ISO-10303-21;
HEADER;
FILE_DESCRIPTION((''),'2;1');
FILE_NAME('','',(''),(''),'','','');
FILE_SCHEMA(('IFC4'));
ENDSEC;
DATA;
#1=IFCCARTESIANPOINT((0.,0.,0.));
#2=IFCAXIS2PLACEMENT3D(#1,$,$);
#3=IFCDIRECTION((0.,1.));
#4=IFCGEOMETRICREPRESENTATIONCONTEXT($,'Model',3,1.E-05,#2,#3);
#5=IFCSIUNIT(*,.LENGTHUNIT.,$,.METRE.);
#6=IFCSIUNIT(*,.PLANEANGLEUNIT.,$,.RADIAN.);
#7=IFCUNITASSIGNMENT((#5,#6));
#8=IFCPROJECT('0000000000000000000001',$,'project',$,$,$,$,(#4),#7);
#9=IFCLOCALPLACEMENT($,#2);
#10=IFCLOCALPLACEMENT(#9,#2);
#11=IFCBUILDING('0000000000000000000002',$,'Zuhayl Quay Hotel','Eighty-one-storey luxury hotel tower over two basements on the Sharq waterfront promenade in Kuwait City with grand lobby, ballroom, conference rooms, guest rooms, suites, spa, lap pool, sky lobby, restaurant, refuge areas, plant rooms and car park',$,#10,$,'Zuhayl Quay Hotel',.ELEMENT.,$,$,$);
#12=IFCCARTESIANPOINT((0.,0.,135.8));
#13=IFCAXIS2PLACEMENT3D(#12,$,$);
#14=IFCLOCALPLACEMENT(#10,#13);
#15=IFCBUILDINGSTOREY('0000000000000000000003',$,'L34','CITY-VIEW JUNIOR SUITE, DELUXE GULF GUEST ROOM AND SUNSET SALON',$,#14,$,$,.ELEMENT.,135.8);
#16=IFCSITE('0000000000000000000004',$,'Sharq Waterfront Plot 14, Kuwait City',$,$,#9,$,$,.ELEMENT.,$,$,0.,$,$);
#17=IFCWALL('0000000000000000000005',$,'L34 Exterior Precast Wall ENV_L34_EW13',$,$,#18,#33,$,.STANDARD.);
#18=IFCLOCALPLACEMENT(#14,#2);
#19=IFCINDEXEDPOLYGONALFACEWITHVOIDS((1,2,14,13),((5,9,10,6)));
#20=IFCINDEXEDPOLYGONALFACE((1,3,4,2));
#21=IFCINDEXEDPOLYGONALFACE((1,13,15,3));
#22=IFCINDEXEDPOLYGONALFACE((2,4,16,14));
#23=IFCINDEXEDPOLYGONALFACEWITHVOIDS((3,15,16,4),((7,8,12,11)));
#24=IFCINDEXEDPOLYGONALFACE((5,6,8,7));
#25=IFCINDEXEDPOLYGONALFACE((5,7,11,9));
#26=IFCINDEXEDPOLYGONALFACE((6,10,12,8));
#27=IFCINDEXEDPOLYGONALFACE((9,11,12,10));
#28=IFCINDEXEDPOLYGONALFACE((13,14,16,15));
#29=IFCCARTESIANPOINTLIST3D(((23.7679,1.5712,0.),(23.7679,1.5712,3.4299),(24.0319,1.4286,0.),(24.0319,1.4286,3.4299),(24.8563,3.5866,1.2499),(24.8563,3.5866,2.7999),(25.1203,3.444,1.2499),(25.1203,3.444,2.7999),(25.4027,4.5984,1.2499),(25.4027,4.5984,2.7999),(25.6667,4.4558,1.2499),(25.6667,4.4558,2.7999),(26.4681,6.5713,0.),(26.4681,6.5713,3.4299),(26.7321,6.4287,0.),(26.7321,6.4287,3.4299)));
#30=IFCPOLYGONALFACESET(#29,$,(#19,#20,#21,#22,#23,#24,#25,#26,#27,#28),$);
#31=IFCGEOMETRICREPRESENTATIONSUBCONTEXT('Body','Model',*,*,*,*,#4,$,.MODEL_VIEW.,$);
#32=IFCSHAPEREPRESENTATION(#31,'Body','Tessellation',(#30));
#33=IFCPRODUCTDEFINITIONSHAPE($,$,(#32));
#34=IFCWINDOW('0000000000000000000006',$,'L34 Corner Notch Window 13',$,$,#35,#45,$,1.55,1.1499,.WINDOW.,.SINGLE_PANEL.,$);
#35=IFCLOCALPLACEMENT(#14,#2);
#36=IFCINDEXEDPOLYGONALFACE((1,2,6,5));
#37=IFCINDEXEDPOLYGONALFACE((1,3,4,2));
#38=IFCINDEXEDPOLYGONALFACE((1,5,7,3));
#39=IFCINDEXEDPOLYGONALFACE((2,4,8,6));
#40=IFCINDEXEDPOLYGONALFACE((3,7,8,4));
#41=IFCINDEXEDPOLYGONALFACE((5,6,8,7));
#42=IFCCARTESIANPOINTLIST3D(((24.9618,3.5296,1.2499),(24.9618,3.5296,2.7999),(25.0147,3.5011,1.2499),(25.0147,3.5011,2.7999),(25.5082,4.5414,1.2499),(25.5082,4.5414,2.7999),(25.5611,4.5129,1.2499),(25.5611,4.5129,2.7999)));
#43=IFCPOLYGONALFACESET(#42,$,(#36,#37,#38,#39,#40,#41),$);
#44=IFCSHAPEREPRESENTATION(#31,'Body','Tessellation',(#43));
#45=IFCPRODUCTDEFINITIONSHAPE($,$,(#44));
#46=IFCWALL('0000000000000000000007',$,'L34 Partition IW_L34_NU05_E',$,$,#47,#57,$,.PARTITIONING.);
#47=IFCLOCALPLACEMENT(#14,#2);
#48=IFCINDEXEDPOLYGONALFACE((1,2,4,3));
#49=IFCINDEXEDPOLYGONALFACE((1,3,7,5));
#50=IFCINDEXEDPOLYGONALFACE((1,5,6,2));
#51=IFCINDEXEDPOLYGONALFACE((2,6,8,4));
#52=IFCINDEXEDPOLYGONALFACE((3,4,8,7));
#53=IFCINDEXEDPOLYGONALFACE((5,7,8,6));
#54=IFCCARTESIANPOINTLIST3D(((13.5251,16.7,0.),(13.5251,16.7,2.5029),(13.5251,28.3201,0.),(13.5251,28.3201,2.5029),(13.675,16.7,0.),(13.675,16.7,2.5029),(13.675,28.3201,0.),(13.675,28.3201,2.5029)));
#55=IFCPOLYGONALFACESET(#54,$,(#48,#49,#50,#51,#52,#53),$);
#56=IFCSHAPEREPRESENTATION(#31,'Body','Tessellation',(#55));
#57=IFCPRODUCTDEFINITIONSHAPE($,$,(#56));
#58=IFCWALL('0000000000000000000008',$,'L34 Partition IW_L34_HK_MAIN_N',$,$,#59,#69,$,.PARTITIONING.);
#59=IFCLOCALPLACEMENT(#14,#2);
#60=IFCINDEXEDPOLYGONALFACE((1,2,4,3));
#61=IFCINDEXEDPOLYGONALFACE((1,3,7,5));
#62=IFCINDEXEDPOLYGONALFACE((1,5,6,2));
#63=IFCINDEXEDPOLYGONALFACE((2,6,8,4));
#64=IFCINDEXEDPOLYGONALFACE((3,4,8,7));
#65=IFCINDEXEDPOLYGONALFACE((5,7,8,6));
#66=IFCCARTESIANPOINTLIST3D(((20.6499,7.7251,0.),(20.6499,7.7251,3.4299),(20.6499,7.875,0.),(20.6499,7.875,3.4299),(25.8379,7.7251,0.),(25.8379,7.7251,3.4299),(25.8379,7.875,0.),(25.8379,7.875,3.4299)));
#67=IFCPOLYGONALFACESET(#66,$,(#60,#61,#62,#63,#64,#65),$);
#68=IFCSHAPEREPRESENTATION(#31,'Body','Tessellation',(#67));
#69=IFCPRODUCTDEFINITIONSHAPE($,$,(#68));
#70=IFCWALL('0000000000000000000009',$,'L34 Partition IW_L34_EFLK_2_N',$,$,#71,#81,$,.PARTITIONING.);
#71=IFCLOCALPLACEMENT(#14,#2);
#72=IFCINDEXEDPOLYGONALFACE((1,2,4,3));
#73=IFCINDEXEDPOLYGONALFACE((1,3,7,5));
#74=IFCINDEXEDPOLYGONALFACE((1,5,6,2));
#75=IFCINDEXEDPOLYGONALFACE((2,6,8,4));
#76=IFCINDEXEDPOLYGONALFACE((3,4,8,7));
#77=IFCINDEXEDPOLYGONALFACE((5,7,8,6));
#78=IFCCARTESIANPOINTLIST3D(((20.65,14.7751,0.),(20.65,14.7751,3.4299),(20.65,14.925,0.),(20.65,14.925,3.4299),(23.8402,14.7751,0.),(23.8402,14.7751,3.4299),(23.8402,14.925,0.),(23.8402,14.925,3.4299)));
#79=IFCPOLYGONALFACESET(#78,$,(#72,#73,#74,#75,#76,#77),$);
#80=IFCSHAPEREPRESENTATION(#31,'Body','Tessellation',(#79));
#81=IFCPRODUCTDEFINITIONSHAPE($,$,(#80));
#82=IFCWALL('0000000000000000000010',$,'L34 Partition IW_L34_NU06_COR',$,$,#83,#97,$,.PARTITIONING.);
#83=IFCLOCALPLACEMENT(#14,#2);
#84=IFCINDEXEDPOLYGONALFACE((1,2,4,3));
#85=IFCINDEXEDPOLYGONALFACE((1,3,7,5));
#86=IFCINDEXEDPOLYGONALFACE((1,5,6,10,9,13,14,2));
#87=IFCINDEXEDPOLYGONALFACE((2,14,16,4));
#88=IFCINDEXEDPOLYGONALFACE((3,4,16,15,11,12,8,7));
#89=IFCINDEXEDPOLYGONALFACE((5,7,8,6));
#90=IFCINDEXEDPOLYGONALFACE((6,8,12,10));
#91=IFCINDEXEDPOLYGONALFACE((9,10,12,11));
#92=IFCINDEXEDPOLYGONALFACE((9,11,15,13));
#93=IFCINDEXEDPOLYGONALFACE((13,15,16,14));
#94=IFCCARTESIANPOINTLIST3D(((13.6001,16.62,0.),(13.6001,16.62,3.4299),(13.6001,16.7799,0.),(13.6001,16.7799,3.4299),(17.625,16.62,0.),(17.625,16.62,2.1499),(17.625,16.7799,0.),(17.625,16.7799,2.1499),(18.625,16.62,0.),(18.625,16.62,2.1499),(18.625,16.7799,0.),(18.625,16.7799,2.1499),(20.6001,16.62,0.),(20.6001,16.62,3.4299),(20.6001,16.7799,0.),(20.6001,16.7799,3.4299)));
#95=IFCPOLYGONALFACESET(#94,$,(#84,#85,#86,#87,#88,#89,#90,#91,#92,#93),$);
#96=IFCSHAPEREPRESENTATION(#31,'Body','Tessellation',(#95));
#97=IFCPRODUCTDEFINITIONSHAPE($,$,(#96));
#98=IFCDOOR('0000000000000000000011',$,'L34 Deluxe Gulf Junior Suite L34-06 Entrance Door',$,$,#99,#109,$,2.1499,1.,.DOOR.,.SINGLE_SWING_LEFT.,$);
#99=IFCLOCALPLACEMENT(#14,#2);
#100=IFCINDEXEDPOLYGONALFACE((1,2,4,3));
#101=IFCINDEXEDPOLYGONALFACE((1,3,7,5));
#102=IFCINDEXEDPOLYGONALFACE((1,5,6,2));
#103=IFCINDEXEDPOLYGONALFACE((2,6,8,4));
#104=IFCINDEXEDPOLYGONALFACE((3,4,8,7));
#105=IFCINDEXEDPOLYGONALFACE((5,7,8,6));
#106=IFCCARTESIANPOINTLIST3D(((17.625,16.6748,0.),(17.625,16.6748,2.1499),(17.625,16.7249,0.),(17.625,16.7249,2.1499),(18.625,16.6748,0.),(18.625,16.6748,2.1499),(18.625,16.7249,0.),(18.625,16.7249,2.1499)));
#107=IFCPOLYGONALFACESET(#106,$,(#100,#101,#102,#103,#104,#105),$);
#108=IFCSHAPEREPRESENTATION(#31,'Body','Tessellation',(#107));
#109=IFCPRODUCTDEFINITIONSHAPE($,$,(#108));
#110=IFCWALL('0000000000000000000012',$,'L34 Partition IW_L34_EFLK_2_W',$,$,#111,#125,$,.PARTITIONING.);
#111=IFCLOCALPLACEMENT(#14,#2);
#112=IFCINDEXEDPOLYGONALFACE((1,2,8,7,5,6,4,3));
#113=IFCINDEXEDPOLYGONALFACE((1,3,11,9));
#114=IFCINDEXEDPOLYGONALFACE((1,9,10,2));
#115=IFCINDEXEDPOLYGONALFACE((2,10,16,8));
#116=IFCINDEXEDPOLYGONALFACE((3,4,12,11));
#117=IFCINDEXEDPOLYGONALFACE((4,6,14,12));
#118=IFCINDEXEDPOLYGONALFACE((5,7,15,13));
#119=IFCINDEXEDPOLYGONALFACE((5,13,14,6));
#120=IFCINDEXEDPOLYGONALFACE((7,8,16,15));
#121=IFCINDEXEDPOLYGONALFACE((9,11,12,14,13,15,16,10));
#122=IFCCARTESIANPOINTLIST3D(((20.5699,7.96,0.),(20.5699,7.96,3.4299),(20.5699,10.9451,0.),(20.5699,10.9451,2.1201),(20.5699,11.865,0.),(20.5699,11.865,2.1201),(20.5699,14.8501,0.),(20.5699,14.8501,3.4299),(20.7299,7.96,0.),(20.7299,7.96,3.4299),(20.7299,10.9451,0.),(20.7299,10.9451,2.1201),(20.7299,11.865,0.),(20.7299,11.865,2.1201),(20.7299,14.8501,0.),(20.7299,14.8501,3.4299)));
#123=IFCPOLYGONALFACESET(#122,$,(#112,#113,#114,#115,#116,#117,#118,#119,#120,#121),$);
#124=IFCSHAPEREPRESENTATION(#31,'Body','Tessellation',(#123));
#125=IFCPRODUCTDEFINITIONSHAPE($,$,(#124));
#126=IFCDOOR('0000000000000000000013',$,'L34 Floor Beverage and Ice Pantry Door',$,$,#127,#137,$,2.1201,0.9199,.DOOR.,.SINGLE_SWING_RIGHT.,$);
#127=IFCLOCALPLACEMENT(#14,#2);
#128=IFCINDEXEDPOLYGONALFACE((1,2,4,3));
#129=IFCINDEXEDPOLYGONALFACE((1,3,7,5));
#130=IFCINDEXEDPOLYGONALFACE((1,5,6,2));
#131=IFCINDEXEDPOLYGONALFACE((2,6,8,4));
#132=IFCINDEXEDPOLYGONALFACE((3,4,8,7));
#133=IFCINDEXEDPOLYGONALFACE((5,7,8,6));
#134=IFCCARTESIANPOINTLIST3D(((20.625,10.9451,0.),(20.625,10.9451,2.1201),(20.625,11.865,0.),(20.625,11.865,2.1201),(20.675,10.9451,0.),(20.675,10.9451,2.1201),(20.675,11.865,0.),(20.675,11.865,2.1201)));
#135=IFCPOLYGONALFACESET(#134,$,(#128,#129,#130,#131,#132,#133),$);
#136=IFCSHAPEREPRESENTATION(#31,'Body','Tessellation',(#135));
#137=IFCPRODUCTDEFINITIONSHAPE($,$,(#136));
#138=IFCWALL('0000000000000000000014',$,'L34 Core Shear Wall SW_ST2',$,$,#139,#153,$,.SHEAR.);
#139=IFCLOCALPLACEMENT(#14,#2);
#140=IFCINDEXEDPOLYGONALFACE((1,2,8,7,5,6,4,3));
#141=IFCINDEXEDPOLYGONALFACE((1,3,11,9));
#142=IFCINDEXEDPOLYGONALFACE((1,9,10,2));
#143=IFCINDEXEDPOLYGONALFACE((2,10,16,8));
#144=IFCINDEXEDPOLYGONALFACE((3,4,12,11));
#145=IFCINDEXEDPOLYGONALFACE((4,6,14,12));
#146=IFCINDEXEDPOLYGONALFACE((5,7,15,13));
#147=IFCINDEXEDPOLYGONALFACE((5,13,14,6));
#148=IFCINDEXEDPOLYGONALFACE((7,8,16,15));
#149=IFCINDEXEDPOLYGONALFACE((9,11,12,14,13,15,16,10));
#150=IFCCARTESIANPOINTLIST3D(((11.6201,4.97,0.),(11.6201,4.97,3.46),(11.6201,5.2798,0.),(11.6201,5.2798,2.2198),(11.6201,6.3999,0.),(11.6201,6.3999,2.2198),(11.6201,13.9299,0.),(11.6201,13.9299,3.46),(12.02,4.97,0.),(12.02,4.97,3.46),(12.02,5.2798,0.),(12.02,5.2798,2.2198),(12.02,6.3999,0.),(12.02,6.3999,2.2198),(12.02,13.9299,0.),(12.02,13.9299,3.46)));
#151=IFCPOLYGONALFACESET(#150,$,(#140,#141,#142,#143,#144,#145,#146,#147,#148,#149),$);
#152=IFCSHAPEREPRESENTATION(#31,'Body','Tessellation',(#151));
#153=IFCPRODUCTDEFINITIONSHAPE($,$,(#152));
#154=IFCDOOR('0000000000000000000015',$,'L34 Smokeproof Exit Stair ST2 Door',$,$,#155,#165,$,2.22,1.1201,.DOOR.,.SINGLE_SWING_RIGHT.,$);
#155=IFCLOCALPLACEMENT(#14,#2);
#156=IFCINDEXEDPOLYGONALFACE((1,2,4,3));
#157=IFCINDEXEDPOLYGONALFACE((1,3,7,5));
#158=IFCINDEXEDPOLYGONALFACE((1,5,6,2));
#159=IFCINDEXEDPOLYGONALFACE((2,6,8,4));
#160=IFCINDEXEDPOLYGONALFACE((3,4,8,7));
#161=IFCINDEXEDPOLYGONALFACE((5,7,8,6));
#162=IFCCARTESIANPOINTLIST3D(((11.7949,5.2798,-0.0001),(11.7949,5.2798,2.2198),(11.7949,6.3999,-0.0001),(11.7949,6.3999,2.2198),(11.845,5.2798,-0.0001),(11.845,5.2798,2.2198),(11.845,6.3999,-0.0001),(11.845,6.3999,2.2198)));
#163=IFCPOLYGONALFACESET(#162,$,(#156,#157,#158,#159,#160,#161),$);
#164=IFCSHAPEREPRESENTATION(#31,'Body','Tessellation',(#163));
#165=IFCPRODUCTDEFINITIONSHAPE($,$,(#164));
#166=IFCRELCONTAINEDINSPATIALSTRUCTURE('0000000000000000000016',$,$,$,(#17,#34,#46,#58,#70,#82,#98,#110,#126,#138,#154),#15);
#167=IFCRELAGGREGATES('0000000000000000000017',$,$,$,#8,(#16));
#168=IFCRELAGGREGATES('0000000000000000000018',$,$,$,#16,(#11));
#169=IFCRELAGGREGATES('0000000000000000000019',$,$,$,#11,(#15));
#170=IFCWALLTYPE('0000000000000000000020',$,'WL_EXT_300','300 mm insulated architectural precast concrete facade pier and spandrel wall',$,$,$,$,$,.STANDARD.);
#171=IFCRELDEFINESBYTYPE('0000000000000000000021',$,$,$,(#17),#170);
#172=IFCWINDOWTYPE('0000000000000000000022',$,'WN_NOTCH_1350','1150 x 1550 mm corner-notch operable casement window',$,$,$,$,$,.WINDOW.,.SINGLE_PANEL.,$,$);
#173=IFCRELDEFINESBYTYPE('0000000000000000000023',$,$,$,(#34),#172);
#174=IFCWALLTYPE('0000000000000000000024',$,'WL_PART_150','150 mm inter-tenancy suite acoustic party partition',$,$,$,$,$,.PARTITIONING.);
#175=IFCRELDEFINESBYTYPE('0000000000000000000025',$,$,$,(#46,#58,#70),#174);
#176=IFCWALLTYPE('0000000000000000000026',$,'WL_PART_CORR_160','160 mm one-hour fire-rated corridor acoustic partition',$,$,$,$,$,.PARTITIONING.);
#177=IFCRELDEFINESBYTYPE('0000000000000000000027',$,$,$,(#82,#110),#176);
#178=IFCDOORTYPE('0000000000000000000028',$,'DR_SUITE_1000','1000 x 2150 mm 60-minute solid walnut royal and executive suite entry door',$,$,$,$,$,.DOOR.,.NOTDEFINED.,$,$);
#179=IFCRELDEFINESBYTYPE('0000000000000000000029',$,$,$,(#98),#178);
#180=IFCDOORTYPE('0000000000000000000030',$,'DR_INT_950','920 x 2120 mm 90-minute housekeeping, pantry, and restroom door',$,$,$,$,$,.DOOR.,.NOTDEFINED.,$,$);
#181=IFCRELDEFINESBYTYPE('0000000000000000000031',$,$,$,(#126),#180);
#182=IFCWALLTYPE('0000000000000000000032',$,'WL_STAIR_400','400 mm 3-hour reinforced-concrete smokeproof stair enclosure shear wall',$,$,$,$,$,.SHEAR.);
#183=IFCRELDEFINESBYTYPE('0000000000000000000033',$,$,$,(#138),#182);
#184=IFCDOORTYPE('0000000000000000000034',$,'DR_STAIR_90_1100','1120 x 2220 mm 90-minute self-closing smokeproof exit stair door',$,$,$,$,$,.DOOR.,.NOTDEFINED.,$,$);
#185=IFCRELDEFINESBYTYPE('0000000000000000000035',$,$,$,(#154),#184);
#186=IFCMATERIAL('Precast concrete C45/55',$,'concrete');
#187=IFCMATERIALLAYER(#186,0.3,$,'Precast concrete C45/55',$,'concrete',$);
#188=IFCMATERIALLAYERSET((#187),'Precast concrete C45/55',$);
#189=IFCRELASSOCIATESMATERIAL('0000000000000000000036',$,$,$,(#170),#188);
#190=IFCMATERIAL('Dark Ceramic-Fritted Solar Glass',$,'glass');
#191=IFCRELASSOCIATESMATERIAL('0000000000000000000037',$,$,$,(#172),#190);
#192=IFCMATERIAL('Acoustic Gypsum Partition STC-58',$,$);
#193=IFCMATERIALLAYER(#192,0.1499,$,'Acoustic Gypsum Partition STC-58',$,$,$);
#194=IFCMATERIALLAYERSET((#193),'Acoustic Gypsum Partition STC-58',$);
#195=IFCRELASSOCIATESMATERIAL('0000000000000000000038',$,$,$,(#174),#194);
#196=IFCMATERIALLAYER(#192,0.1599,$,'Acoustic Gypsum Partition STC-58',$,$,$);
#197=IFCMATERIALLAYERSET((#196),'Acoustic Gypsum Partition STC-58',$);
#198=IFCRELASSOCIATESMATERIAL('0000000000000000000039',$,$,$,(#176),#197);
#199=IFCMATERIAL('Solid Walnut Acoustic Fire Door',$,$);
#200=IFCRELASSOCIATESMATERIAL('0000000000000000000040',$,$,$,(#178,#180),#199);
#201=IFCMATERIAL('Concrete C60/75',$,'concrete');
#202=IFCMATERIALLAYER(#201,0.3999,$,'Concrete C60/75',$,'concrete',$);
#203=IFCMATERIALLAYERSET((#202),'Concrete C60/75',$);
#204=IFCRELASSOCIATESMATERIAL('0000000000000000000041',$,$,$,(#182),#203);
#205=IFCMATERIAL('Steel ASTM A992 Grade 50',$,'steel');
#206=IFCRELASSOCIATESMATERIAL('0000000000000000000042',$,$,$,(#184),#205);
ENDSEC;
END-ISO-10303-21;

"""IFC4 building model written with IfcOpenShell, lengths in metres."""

from ifc_helpers import new_model, si_unit, direction, frame, frame_2d, origin, place, context, subcontext, project, spatial, rectangle, extrude, material, layer, layer_set, type_object, element, fill, save


model = new_model("IFC4")

# Units and contexts
model_context = context("Model", 3, precision=1e-05, world=origin(), true_north=direction((0.0, 1.0)))
body_context = subcontext(model_context, "Body", "Model", "MODEL_VIEW")
ifc_project = project(units=[si_unit("LENGTHUNIT", "METRE"), si_unit("PLANEANGLEUNIT", "RADIAN")], contexts=[model_context])

# Site, building, storey
site_placement = place(None, origin())
site = spatial("IfcSite", under=ifc_project, at=site_placement, Name="Sharq Waterfront Plot 14, Kuwait City", CompositionType="ELEMENT", RefElevation=0.0)
building_placement = place(site_placement, origin())
building = spatial("IfcBuilding", under=site, at=building_placement, Name="Zuhayl Quay Hotel", Description="Eighty-one-storey luxury hotel tower over two basements on the Sharq waterfront promenade in Kuwait City with grand lobby, ballroom, conference rooms, guest rooms, suites, spa, lap pool, sky lobby, restaurant, refuge areas, plant rooms and car park", LongName="Zuhayl Quay Hotel", CompositionType="ELEMENT")
storey_placement = place(building_placement, frame((0.0, 0.0, 135.8)))
storey = spatial("IfcBuildingStorey", under=building, at=storey_placement, Name="L34", Description="CITY-VIEW JUNIOR SUITE, DELUXE GULF GUEST ROOM AND SUNSET SALON", CompositionType="ELEMENT", Elevation=135.8)

# Shared definitions
ifc_material_1 = material(Name="Steel ASTM A992 Grade 50", Category="steel")

# Shared definitions
ifc_material_2 = material(Name="Concrete C60/75", Category="concrete")

# Wall, opening, window
ifc_material_3 = material(Name="Precast concrete C45/55", Category="concrete")
ifc_layer_1 = layer(ifc_material_3, 0.3, Name="Precast concrete C45/55", Category="concrete")
ifc_layer_set_1 = layer_set([ifc_layer_1], Name="Precast concrete C45/55")
wall_type_1 = type_object("IfcWallType", Name="WL_EXT_300", Description="300 mm insulated architectural precast concrete facade pier and spandrel wall", PredefinedType="STANDARD", material=ifc_layer_set_1)
ifc_material_4 = material(Name="Dark Ceramic-Fritted Solar Glass", Category="glass")
window_type_1 = type_object("IfcWindowType", Name="WN_NOTCH_1350", Description="1150 x 1550 mm corner-notch operable casement window", PartitioningType="SINGLE_PANEL", PredefinedType="WINDOW", material=ifc_material_4)
wall_1_placement = place(storey_placement, frame((26.6001, 6.5, 0.0), z_axis=(0.0, 0.0, 1.0), x_axis=(-0.475176, -0.879891, 0.0)))
wall_1 = element("IfcWall", 1, at=wall_1_placement, inside=storey, type_object=wall_type_1, Name="L34 Exterior Precast Wall ENV_L34_EW13", PredefinedType="STANDARD", context=body_context, shape_type="SweptSolid", body=[
    extrude(rectangle(XDim=5.6826, YDim=0.3, at=frame_2d((2.8413, 0.0))), origin(), (0.0, 0.0, 1.0), 3.4299),
])
opening_1_placement = place(wall_1_placement, frame((2.2422, 0.0, 1.25)))
opening_1 = element("IfcOpeningElement", 2, at=opening_1_placement, cuts=wall_1, PredefinedType="OPENING", context=body_context, shape_type="SweptSolid", body=[
    extrude(rectangle(XDim=1.1499, YDim=1.55, at=frame_2d((0.575, 0.7749))), frame((0.0, 0.1599, 0.0), z_axis=(0.0, -1.0, 0.0), x_axis=(1.0, 0.0, 0.0)), (0.0, 0.0, 1.0), 0.3201),
])
window_1_placement = place(opening_1_placement, origin())
window_1 = element("IfcWindow", 3, at=window_1_placement, inside=storey, type_object=window_type_1, Name="L34 Corner Notch Window 13", OverallHeight=1.55, OverallWidth=1.1499, PartitioningType="SINGLE_PANEL", PredefinedType="WINDOW", context=body_context, shape_type="SweptSolid", body=[
    extrude(rectangle(XDim=1.1499, YDim=1.55, at=frame_2d((0.575, 0.7749))), frame((0.0, 0.03, 0.0), z_axis=(0.0, -1.0, 0.0), x_axis=(1.0, 0.0, 0.0)), (0.0, 0.0, 1.0), 0.0601),
])
fill(opening_1, window_1)

# Walls
ifc_material_5 = material(Name="Acoustic Gypsum Partition STC-58")
ifc_layer_2 = layer(ifc_material_5, 0.1499, Name="Acoustic Gypsum Partition STC-58")
ifc_layer_set_2 = layer_set([ifc_layer_2], Name="Acoustic Gypsum Partition STC-58")
wall_type_2 = type_object("IfcWallType", Name="WL_PART_150", Description="150 mm inter-tenancy suite acoustic party partition", PredefinedType="PARTITIONING", material=ifc_layer_set_2)
wall_2_placement = place(storey_placement, frame((13.6001, 16.7, 0.0), z_axis=(0.0, 0.0, 1.0), x_axis=(0.0, 1.0, 0.0)))
element("IfcWall", 4, at=wall_2_placement, inside=storey, type_object=wall_type_2, Name="L34 Partition IW_L34_NU05_E", PredefinedType="PARTITIONING", context=body_context, shape_type="SweptSolid", body=[
    extrude(rectangle(XDim=11.6201, YDim=0.1499, at=frame_2d((5.8101, 0.0))), origin(), (0.0, 0.0, 1.0), 2.5029),
])
wall_3_placement = place(storey_placement, frame((20.6499, 7.8, 0.0), z_axis=(0.0, 0.0, 1.0), x_axis=(1.0, 0.0, 0.0)))
element("IfcWall", 5, at=wall_3_placement, inside=storey, type_object=wall_type_2, Name="L34 Partition IW_L34_HK_MAIN_N", PredefinedType="PARTITIONING", context=body_context, shape_type="SweptSolid", body=[
    extrude(rectangle(XDim=5.188, YDim=0.1499, at=frame_2d((2.594, 0.0))), origin(), (0.0, 0.0, 1.0), 3.4299),
])
wall_4_placement = place(storey_placement, frame((20.6499, 14.8501, 0.0), z_axis=(0.0, 0.0, 1.0), x_axis=(1.0, 0.0, 0.0)))
element("IfcWall", 6, at=wall_4_placement, inside=storey, type_object=wall_type_2, Name="L34 Partition IW_L34_EFLK_2_N", PredefinedType="PARTITIONING", context=body_context, shape_type="SweptSolid", body=[
    extrude(rectangle(XDim=3.1902, YDim=0.1499, at=frame_2d((1.5952, 0.0))), origin(), (0.0, 0.0, 1.0), 3.4299),
])

# Walls, openings, doors
ifc_layer_3 = layer(ifc_material_5, 0.1599, Name="Acoustic Gypsum Partition STC-58")
ifc_layer_set_3 = layer_set([ifc_layer_3], Name="Acoustic Gypsum Partition STC-58")
wall_type_3 = type_object("IfcWallType", Name="WL_PART_CORR_160", Description="160 mm one-hour fire-rated corridor acoustic partition", PredefinedType="PARTITIONING", material=ifc_layer_set_3)
wall_5_placement = place(storey_placement, frame((13.6001, 16.7, 0.0), z_axis=(0.0, 0.0, 1.0), x_axis=(1.0, 0.0, 0.0)))
wall_5 = element("IfcWall", 7, at=wall_5_placement, inside=storey, type_object=wall_type_3, Name="L34 Partition IW_L34_NU06_COR", PredefinedType="PARTITIONING", context=body_context, shape_type="SweptSolid", body=[
    extrude(rectangle(XDim=7.0, YDim=0.1599, at=frame_2d((3.5, 0.0))), origin(), (0.0, 0.0, 1.0), 3.4299),
])
opening_2_placement = place(wall_5_placement, frame((4.0249, 0.0, 0.0)))
opening_2 = element("IfcOpeningElement", 8, at=opening_2_placement, cuts=wall_5, PredefinedType="OPENING", context=body_context, shape_type="SweptSolid", body=[
    extrude(rectangle(XDim=1.0, YDim=2.1499, at=frame_2d((0.5, 1.075))), frame((0.0, 0.0898, 0.0), z_axis=(0.0, -1.0, 0.0), x_axis=(1.0, 0.0, 0.0)), (0.0, 0.0, 1.0), 0.1799),
])
ifc_material_6 = material(Name="Solid Walnut Acoustic Fire Door")
door_type_1 = type_object("IfcDoorType", Name="DR_SUITE_1000", Description="1000 x 2150 mm 60-minute solid walnut royal and executive suite entry door", OperationType="NOTDEFINED", PredefinedType="DOOR", material=ifc_material_6)
door_1_placement = place(opening_2_placement, origin())
door_1 = element("IfcDoor", 9, at=door_1_placement, inside=storey, type_object=door_type_1, Name="L34 Deluxe Gulf Junior Suite L34-06 Entrance Door", OperationType="SINGLE_SWING_LEFT", OverallHeight=2.1499, OverallWidth=1.0, PredefinedType="DOOR", context=body_context, shape_type="SweptSolid", body=[
    extrude(rectangle(XDim=1.0, YDim=2.1499, at=frame_2d((0.5, 1.075))), frame((0.0, 0.0249, 0.0), z_axis=(0.0, -1.0, 0.0), x_axis=(1.0, 0.0, 0.0)), (0.0, 0.0, 1.0), 0.05),
])
fill(opening_2, door_1)
wall_6_placement = place(storey_placement, frame((20.6499, 7.96, 0.0), z_axis=(0.0, 0.0, 1.0), x_axis=(0.0, 1.0, 0.0)))
wall_6 = element("IfcWall", 10, at=wall_6_placement, inside=storey, type_object=wall_type_3, Name="L34 Partition IW_L34_EFLK_2_W", PredefinedType="PARTITIONING", context=body_context, shape_type="SweptSolid", body=[
    extrude(rectangle(XDim=6.8901, YDim=0.1599, at=frame_2d((3.4451, 0.0))), origin(), (0.0, 0.0, 1.0), 3.4299),
])
opening_3_placement = place(wall_6_placement, frame((2.9851, 0.0, 0.0)))
opening_3 = element("IfcOpeningElement", 11, at=opening_3_placement, cuts=wall_6, PredefinedType="OPENING", context=body_context, shape_type="SweptSolid", body=[
    extrude(rectangle(XDim=0.9199, YDim=2.1201, at=frame_2d((0.46, 1.0601))), frame((0.0, 0.0898, 0.0), z_axis=(0.0, -1.0, 0.0), x_axis=(1.0, 0.0, 0.0)), (0.0, 0.0, 1.0), 0.1799),
])
door_type_2 = type_object("IfcDoorType", Name="DR_INT_950", Description="920 x 2120 mm 90-minute housekeeping, pantry, and restroom door", OperationType="NOTDEFINED", PredefinedType="DOOR", material=ifc_material_6)
door_2_placement = place(opening_3_placement, origin())
door_2 = element("IfcDoor", 12, at=door_2_placement, inside=storey, type_object=door_type_2, Name="L34 Floor Beverage and Ice Pantry Door", OperationType="SINGLE_SWING_RIGHT", OverallHeight=2.1201, OverallWidth=0.9199, PredefinedType="DOOR", context=body_context, shape_type="SweptSolid", body=[
    extrude(rectangle(XDim=0.9199, YDim=2.1201, at=frame_2d((0.46, 1.0601))), frame((0.0, 0.0249, 0.0), z_axis=(0.0, -1.0, 0.0), x_axis=(1.0, 0.0, 0.0)), (0.0, 0.0, 1.0), 0.05),
])
fill(opening_3, door_2)
ifc_layer_4 = layer(ifc_material_2, 0.3999, Name="Concrete C60/75", Category="concrete")
ifc_layer_set_4 = layer_set([ifc_layer_4], Name="Concrete C60/75")
wall_type_4 = type_object("IfcWallType", Name="WL_STAIR_400", Description="400 mm 3-hour reinforced-concrete smokeproof stair enclosure shear wall", PredefinedType="SHEAR", material=ifc_layer_set_4)
wall_7_placement = place(storey_placement, frame((11.8201, 13.9299, 0.0), z_axis=(0.0, 0.0, 1.0), x_axis=(0.0, -1.0, 0.0)))
wall_7 = element("IfcWall", 13, at=wall_7_placement, inside=storey, type_object=wall_type_4, Name="L34 Core Shear Wall SW_ST2", PredefinedType="SHEAR", context=body_context, shape_type="SweptSolid", body=[
    extrude(rectangle(XDim=8.96, YDim=0.3999, at=frame_2d((4.48, 0.0))), origin(), (0.0, 0.0, 1.0), 3.46),
])
opening_4_placement = place(wall_7_placement, frame((7.53, 0.0, 0.0)))
opening_4 = element("IfcOpeningElement", 14, at=opening_4_placement, cuts=wall_7, PredefinedType="OPENING", context=body_context, shape_type="SweptSolid", body=[
    extrude(rectangle(XDim=1.1201, YDim=2.22, at=frame_2d((0.5601, 1.1099))), frame((0.0, 0.21, 0.0), z_axis=(0.0, -1.0, 0.0), x_axis=(1.0, 0.0, 0.0)), (0.0, 0.0, 1.0), 0.4199),
])
door_type_3 = type_object("IfcDoorType", Name="DR_STAIR_90_1100", Description="1120 x 2220 mm 90-minute self-closing smokeproof exit stair door", OperationType="NOTDEFINED", PredefinedType="DOOR", material=ifc_material_1)
door_3_placement = place(opening_4_placement, origin())
door_3 = element("IfcDoor", 15, at=door_3_placement, inside=storey, type_object=door_type_3, Name="L34 Smokeproof Exit Stair ST2 Door", OperationType="SINGLE_SWING_RIGHT", OverallHeight=2.22, OverallWidth=1.1201, PredefinedType="DOOR", context=body_context, shape_type="SweptSolid", body=[
    extrude(rectangle(XDim=1.1201, YDim=2.22, at=frame_2d((0.5601, 1.1099))), frame((0.0, 0.0249, 0.0), z_axis=(0.0, -1.0, 0.0), x_axis=(1.0, 0.0, 0.0)), (0.0, 0.0, 1.0), 0.05),
])
fill(opening_4, door_3)

save(model, "model.ifc")
